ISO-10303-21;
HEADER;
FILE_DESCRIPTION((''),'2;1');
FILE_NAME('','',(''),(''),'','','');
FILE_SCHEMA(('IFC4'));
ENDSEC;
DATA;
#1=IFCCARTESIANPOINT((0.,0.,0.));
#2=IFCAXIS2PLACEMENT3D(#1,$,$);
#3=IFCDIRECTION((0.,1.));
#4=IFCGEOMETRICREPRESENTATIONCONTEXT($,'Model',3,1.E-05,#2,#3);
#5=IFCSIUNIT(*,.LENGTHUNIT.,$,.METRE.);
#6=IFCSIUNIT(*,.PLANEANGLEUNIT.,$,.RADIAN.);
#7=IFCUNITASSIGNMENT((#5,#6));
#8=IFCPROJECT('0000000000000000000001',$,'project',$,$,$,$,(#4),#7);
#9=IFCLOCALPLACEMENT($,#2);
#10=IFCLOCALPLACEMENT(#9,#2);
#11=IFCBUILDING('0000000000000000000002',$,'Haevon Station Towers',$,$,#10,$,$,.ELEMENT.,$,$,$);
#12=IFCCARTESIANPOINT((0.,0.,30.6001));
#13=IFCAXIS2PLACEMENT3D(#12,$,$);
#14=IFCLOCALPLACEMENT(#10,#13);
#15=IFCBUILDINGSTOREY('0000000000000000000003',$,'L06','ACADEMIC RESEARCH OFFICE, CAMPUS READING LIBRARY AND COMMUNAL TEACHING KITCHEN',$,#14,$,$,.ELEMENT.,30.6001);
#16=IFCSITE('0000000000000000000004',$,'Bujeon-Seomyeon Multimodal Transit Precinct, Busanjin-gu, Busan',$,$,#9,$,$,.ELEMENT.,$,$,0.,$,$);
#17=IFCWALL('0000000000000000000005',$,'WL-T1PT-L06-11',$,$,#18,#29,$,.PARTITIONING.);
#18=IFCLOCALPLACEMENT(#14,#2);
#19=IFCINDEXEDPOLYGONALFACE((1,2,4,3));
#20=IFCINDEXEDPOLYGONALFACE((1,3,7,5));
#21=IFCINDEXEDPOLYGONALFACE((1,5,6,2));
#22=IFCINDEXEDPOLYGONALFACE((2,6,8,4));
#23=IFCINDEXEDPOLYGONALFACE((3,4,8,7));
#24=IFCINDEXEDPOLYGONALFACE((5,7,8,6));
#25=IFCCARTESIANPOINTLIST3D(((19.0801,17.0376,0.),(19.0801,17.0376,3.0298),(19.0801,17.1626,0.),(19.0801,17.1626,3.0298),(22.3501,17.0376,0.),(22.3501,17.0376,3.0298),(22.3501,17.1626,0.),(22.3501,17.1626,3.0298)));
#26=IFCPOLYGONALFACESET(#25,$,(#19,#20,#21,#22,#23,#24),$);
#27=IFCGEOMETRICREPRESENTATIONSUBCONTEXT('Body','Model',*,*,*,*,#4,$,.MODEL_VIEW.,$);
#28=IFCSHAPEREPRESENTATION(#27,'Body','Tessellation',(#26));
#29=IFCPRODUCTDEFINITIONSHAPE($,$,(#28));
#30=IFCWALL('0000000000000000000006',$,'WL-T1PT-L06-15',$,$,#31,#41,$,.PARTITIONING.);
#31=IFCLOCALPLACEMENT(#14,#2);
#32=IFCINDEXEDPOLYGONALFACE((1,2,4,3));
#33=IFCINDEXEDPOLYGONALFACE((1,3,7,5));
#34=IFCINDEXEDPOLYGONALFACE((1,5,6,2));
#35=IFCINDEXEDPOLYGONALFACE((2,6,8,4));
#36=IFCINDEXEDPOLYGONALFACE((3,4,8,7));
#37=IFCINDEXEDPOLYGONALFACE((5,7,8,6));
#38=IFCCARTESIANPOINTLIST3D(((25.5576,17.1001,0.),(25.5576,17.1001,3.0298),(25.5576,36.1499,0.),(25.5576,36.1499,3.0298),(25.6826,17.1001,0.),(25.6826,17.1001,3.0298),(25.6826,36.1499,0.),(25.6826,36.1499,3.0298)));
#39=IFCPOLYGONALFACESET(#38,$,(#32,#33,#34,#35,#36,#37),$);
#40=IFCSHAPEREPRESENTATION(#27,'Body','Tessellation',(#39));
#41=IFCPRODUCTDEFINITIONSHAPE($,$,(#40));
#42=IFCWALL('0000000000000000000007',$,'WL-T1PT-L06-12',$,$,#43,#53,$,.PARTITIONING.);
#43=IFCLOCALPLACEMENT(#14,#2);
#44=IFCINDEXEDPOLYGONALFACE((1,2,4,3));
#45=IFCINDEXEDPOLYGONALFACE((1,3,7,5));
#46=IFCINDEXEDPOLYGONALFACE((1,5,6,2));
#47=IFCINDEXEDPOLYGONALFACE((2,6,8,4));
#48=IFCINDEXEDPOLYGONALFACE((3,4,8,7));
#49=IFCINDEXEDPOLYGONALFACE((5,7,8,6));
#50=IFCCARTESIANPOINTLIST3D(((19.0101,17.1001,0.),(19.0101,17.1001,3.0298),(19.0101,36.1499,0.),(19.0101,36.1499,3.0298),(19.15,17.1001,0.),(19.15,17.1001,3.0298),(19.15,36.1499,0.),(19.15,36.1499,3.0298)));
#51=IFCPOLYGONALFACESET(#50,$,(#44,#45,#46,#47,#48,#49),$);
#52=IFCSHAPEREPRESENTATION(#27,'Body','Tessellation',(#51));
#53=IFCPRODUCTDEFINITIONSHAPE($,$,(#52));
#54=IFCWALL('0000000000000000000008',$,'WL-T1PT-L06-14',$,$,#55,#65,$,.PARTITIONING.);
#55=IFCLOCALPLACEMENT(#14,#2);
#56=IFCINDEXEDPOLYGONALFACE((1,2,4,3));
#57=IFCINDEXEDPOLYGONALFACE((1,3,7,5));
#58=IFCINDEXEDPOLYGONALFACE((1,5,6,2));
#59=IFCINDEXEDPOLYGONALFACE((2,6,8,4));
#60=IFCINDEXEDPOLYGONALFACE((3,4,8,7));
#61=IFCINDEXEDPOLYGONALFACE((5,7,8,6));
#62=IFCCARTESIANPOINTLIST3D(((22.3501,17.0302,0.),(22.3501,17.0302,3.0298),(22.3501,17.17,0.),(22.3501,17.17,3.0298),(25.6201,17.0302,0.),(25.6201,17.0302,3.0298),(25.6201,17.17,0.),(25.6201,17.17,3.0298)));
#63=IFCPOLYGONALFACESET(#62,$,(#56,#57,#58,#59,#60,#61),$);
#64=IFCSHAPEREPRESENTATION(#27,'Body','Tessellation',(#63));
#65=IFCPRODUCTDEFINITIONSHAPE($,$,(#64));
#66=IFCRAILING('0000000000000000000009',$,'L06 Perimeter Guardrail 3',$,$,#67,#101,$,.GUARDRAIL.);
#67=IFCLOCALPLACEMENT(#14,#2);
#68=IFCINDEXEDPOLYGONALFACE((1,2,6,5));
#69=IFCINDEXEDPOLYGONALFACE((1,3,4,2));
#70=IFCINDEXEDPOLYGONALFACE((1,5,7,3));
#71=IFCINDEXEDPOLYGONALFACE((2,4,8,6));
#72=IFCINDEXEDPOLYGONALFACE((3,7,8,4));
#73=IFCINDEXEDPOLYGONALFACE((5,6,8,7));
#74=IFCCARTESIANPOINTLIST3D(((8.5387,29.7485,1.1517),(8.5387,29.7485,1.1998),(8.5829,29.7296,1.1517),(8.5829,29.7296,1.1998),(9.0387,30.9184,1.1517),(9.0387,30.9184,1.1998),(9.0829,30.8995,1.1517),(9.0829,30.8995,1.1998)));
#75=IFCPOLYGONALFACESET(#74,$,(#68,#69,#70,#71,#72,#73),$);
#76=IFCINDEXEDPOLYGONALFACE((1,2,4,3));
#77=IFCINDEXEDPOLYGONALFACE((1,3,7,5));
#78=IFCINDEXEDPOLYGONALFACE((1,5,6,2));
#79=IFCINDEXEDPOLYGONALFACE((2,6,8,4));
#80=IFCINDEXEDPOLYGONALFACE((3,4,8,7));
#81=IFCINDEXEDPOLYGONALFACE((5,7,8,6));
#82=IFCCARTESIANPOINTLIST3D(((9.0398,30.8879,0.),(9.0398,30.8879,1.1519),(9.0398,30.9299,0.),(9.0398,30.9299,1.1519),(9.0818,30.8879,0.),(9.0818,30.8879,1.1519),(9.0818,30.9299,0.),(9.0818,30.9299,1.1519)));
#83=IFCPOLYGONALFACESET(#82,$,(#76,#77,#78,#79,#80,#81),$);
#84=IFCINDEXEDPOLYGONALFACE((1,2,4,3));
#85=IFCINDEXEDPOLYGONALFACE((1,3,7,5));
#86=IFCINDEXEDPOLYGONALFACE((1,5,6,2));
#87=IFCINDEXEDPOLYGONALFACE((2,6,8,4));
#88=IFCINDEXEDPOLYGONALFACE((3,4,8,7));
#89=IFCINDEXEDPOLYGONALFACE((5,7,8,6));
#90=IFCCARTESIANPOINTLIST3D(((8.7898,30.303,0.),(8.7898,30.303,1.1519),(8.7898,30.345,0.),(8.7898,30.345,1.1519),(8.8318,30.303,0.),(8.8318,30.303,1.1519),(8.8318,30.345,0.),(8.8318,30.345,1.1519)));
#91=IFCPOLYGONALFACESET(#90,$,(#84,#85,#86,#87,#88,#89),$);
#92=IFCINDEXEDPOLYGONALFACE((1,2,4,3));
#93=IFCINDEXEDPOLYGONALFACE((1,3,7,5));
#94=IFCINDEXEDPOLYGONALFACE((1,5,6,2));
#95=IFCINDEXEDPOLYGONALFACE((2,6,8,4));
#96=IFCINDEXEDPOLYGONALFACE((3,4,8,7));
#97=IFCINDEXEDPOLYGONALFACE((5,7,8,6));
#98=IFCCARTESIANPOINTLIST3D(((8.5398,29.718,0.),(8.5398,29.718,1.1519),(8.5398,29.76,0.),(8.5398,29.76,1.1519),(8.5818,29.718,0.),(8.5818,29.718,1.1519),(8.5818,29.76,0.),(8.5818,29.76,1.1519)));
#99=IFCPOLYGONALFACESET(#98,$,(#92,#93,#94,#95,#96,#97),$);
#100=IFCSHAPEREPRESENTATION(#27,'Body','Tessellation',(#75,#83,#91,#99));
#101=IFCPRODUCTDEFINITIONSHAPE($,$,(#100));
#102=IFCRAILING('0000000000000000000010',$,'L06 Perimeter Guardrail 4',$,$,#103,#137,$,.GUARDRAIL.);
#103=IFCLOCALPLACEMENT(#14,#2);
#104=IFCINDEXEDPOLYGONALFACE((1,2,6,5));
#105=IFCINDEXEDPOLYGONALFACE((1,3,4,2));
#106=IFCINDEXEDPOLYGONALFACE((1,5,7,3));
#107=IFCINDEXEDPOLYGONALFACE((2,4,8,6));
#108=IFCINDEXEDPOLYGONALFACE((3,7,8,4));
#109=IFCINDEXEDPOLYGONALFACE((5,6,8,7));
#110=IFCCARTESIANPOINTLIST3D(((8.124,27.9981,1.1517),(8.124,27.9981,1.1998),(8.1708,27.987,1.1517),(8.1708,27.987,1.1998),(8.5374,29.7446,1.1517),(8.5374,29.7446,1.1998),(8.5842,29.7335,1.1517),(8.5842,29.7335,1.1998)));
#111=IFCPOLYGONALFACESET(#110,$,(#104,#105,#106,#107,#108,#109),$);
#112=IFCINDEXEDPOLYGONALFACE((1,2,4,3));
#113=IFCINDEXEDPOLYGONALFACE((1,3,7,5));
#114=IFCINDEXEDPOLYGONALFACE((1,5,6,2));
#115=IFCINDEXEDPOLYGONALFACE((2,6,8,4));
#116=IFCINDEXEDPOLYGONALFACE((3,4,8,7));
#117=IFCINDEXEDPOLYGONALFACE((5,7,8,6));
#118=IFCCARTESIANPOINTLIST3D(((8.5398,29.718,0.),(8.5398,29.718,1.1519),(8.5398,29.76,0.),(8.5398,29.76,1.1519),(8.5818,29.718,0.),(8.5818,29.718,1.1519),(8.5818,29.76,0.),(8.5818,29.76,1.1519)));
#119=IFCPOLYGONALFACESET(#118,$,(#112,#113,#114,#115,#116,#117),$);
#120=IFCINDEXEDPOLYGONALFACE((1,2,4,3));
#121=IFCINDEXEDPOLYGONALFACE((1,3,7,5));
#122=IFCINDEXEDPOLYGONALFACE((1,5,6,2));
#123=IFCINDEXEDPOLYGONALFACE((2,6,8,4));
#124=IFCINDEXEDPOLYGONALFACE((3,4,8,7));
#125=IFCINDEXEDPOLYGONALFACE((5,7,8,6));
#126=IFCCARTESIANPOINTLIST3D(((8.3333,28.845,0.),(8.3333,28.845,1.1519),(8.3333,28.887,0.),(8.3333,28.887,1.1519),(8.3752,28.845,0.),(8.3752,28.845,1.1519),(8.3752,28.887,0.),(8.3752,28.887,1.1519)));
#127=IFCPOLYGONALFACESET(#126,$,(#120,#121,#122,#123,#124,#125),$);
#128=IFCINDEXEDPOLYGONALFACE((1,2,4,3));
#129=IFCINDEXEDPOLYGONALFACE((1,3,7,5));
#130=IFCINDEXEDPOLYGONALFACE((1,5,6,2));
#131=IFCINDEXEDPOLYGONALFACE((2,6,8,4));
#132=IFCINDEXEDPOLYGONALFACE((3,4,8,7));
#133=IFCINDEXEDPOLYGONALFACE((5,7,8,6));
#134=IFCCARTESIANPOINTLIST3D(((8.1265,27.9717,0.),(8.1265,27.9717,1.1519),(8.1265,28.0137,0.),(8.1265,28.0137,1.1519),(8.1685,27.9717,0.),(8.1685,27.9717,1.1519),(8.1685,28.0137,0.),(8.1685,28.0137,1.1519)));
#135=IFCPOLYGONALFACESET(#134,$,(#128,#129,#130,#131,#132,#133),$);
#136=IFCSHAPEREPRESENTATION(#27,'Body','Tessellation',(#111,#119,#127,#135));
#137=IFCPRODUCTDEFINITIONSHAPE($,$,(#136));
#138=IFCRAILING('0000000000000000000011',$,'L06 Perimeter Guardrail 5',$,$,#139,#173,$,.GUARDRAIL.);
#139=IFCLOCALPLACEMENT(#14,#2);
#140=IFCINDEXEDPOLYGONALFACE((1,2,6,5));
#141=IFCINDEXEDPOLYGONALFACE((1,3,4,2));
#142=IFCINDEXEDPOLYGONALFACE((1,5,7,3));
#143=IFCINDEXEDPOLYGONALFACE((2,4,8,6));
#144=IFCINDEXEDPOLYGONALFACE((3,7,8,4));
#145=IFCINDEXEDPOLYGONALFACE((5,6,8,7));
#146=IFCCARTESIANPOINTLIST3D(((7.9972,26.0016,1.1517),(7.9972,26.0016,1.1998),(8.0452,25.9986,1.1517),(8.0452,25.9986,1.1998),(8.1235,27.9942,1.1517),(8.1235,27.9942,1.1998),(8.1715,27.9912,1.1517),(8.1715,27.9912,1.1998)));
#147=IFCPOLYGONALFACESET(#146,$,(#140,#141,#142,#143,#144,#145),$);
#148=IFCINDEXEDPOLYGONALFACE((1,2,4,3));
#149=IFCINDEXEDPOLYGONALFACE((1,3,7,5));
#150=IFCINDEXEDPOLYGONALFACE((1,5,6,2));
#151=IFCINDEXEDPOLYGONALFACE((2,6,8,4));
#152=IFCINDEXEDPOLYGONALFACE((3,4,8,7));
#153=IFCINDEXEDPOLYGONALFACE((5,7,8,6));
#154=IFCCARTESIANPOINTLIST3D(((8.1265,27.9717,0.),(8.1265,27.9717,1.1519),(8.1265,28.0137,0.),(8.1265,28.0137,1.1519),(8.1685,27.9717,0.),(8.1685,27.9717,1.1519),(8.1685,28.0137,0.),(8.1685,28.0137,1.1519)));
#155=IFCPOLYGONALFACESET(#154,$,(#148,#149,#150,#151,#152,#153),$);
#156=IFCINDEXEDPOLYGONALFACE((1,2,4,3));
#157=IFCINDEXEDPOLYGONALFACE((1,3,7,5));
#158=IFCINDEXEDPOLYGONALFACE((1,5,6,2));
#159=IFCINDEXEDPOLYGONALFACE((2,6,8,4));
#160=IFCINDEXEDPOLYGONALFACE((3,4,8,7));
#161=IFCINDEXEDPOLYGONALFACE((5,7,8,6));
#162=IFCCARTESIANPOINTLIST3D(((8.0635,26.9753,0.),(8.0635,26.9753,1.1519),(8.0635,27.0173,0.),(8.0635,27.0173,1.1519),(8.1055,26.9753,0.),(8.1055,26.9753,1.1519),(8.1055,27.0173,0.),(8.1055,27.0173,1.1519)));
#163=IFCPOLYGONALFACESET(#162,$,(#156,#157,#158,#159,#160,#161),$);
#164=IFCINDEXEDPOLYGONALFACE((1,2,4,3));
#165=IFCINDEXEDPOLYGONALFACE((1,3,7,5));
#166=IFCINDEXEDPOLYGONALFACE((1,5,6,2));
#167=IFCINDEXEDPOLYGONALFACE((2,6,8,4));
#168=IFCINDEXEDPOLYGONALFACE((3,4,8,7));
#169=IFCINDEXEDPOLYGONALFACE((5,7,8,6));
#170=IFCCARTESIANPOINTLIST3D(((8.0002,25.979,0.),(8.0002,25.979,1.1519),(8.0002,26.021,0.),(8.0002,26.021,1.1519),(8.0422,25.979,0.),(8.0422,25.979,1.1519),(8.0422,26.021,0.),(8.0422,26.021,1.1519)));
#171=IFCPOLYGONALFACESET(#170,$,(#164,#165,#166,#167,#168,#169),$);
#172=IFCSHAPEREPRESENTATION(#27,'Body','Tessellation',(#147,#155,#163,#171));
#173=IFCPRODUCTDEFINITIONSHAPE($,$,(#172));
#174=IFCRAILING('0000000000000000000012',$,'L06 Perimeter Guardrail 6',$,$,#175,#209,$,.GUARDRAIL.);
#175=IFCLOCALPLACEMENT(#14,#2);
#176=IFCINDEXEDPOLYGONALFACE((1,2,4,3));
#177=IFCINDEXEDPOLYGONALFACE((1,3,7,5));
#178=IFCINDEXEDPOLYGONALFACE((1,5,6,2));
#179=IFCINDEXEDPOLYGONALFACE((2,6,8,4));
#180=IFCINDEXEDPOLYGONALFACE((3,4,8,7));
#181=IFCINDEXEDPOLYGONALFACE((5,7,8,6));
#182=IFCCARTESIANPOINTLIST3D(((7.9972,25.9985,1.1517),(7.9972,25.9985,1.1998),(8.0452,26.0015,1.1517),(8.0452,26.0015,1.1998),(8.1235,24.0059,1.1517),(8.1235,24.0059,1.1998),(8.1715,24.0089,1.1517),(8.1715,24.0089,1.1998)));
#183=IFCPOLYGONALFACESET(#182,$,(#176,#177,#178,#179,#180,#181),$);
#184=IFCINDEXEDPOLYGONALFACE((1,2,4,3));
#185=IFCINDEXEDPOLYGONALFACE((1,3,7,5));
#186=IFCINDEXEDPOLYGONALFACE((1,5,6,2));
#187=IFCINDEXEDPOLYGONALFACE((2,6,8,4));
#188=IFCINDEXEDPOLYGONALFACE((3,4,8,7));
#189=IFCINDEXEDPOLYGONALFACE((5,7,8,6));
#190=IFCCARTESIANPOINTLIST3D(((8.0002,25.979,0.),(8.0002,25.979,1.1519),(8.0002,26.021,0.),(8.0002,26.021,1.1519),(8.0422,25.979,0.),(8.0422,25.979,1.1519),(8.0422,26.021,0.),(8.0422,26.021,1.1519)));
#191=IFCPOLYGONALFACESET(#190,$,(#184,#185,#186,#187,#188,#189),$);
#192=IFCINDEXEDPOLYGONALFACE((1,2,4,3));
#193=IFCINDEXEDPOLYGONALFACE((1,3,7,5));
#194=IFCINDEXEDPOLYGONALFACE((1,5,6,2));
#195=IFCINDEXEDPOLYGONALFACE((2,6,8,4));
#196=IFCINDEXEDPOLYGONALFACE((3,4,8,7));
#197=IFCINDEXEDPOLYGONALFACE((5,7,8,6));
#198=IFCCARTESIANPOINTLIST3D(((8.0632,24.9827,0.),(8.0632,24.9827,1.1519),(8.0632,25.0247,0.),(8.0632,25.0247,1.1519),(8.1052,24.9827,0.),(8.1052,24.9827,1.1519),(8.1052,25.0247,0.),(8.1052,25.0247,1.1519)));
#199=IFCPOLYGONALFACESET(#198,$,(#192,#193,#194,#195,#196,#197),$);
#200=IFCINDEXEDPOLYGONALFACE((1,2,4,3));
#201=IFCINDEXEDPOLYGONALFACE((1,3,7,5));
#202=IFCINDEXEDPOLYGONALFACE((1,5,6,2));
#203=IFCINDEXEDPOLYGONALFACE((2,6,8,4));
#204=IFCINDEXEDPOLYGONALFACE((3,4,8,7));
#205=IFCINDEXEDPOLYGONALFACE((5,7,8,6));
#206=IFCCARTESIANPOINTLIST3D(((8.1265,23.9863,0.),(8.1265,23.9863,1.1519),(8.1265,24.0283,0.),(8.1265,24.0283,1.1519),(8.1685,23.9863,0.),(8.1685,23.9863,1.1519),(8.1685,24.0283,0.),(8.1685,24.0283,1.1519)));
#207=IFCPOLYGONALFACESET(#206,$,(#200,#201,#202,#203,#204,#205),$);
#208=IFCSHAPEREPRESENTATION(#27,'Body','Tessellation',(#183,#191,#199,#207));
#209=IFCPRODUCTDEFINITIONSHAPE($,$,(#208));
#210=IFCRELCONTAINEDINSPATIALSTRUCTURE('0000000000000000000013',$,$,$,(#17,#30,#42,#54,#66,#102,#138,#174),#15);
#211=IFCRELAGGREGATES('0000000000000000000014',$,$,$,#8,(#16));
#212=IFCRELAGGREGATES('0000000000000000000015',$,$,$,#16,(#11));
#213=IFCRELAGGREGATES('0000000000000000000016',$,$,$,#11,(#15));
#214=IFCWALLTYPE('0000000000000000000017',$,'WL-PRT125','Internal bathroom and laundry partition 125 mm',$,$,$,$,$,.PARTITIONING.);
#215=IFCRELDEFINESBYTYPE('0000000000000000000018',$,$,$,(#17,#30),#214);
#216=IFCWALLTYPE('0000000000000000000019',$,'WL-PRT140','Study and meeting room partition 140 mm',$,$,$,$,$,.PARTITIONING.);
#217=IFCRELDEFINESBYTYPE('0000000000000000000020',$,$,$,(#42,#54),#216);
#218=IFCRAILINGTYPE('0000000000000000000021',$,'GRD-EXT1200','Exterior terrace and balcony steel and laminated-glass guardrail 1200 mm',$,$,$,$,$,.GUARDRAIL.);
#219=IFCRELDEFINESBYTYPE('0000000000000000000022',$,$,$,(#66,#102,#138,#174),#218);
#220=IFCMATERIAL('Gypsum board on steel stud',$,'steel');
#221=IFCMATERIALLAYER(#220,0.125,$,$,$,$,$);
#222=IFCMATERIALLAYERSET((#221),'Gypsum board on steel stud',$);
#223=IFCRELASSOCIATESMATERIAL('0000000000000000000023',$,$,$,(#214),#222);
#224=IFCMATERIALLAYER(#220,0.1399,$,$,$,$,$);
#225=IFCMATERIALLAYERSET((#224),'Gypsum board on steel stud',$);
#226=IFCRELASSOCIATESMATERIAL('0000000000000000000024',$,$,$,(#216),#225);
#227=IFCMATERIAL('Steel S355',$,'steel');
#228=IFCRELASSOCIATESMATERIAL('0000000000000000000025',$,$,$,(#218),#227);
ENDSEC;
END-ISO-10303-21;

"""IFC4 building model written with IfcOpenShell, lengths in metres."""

from ifc_helpers import new_model, si_unit, direction, frame, frame_2d, origin, origin_2d, place, context, subcontext, project, spatial, rectangle, extrude, material, layer, layer_set, type_object, element, save


model = new_model("IFC4")

# Units and contexts
model_context = context("Model", 3, precision=1e-05, world=origin(), true_north=direction((0.0, 1.0)))
body_context = subcontext(model_context, "Body", "Model", "MODEL_VIEW")
ifc_project = project(units=[si_unit("LENGTHUNIT", "METRE"), si_unit("PLANEANGLEUNIT", "RADIAN")], contexts=[model_context])

# Site, building, storey
site_placement = place(None, origin())
site = spatial("IfcSite", under=ifc_project, at=site_placement, Name="Bujeon-Seomyeon Multimodal Transit Precinct, Busanjin-gu, Busan", CompositionType="ELEMENT", RefElevation=0.0)
building_placement = place(site_placement, origin())
building = spatial("IfcBuilding", under=site, at=building_placement, Name="Haevon Station Towers", CompositionType="ELEMENT")
storey_placement = place(building_placement, frame((0.0, 0.0, 30.6001)))
storey = spatial("IfcBuildingStorey", under=building, at=storey_placement, Name="L06", Description="ACADEMIC RESEARCH OFFICE, CAMPUS READING LIBRARY AND COMMUNAL TEACHING KITCHEN", CompositionType="ELEMENT", Elevation=30.6001)

# Shared definitions
ifc_material_1 = material(Name="Steel S355", Category="steel")

# Walls
ifc_material_2 = material(Name="Gypsum board on steel stud", Category="steel")
ifc_layer_1 = layer(ifc_material_2, 0.125)
ifc_layer_set_1 = layer_set([ifc_layer_1], Name="Gypsum board on steel stud")
wall_type_1 = type_object("IfcWallType", Name="WL-PRT125", Description="Internal bathroom and laundry partition 125 mm", PredefinedType="PARTITIONING", material=ifc_layer_set_1)
wall_1_placement = place(storey_placement, frame((19.0801, 17.1001, 0.0), z_axis=(0.0, 0.0, 1.0), x_axis=(1.0, 0.0, 0.0)))
element("IfcWall", 1, at=wall_1_placement, inside=storey, type_object=wall_type_1, Name="WL-T1PT-L06-11", PredefinedType="PARTITIONING", context=body_context, shape_type="SweptSolid", body=[
    extrude(rectangle(XDim=3.27, YDim=0.125, at=frame_2d((1.635, 0.0))), origin(), (0.0, 0.0, 1.0), 3.0298),
])
wall_2_placement = place(storey_placement, frame((25.6201, 17.1001, 0.0), z_axis=(0.0, 0.0, 1.0), x_axis=(0.0, 1.0, 0.0)))
element("IfcWall", 2, at=wall_2_placement, inside=storey, type_object=wall_type_1, Name="WL-T1PT-L06-15", PredefinedType="PARTITIONING", context=body_context, shape_type="SweptSolid", body=[
    extrude(rectangle(XDim=19.0498, YDim=0.125, at=frame_2d((9.5249, 0.0))), origin(), (0.0, 0.0, 1.0), 3.0298),
])
ifc_layer_2 = layer(ifc_material_2, 0.1399)
ifc_layer_set_2 = layer_set([ifc_layer_2], Name="Gypsum board on steel stud")
wall_type_2 = type_object("IfcWallType", Name="WL-PRT140", Description="Study and meeting room partition 140 mm", PredefinedType="PARTITIONING", material=ifc_layer_set_2)
wall_3_placement = place(storey_placement, frame((19.0801, 17.1001, 0.0), z_axis=(0.0, 0.0, 1.0), x_axis=(0.0, 1.0, 0.0)))
element("IfcWall", 3, at=wall_3_placement, inside=storey, type_object=wall_type_2, Name="WL-T1PT-L06-12", PredefinedType="PARTITIONING", context=body_context, shape_type="SweptSolid", body=[
    extrude(rectangle(XDim=19.0498, YDim=0.1399, at=frame_2d((9.5249, 0.0))), origin(), (0.0, 0.0, 1.0), 3.0298),
])
wall_4_placement = place(storey_placement, frame((22.3501, 17.1001, 0.0), z_axis=(0.0, 0.0, 1.0), x_axis=(1.0, 0.0, 0.0)))
element("IfcWall", 4, at=wall_4_placement, inside=storey, type_object=wall_type_2, Name="WL-T1PT-L06-14", PredefinedType="PARTITIONING", context=body_context, shape_type="SweptSolid", body=[
    extrude(rectangle(XDim=3.27, YDim=0.1399, at=frame_2d((1.635, 0.0))), origin(), (0.0, 0.0, 1.0), 3.0298),
])

# Railings
railing_type = type_object("IfcRailingType", Name="GRD-EXT1200", Description="Exterior terrace and balcony steel and laminated-glass guardrail 1200 mm", PredefinedType="GUARDRAIL", material=ifc_material_1)
railing_1_placement = place(storey_placement, frame((9.0608, 30.9089, 0.0)))
element("IfcRailing", 5, at=railing_1_placement, inside=storey, type_object=railing_type, Name="L06 Perimeter Guardrail 3", PredefinedType="GUARDRAIL", context=body_context, shape_type="SweptSolid", body=[
    extrude(rectangle(XDim=0.0481, YDim=0.0481, at=origin_2d()), frame((0.0, 0.0, 1.1758), z_axis=(-0.392993, -0.919542, 0.0), x_axis=(0.919542, -0.392993, 0.0)), (0.0, 0.0, 1.0), 1.2722),
    extrude(rectangle(XDim=0.042, YDim=0.042, at=origin_2d()), origin(), (0.0, 0.0, 1.0), 1.1519),
    extrude(rectangle(XDim=0.042, YDim=0.042, at=origin_2d()), frame((-0.25, -0.585, 0.0)), (0.0, 0.0, 1.0), 1.1519),
    extrude(rectangle(XDim=0.042, YDim=0.042, at=origin_2d()), frame((-0.5, -1.1699, 0.0)), (0.0, 0.0, 1.0), 1.1519),
])
railing_2_placement = place(storey_placement, frame((8.5608, 29.739, 0.0)))
element("IfcRailing", 6, at=railing_2_placement, inside=storey, type_object=railing_type, Name="L06 Perimeter Guardrail 4", PredefinedType="GUARDRAIL", context=body_context, shape_type="SweptSolid", body=[
    extrude(rectangle(XDim=0.0481, YDim=0.0481, at=origin_2d()), frame((0.0, 0.0, 1.1758), z_axis=(-0.230321, -0.973115, 0.0), x_axis=(0.973115, -0.230321, 0.0)), (0.0, 0.0, 1.0), 1.7947),
    extrude(rectangle(XDim=0.042, YDim=0.042, at=origin_2d()), origin(), (0.0, 0.0, 1.0), 1.1519),
    extrude(rectangle(XDim=0.042, YDim=0.042, at=origin_2d()), frame((-0.2065, -0.873, 0.0)), (0.0, 0.0, 1.0), 1.1519),
    extrude(rectangle(XDim=0.042, YDim=0.042, at=origin_2d()), frame((-0.4133, -1.7463, 0.0)), (0.0, 0.0, 1.0), 1.1519),
])
railing_3_placement = place(storey_placement, frame((8.1475, 27.9927, 0.0)))
element("IfcRailing", 7, at=railing_3_placement, inside=storey, type_object=railing_type, Name="L06 Perimeter Guardrail 5", PredefinedType="GUARDRAIL", context=body_context, shape_type="SweptSolid", body=[
    extrude(rectangle(XDim=0.0481, YDim=0.0481, at=origin_2d()), frame((0.0, 0.0, 1.1758), z_axis=(-0.063216, -0.998, 0.0), x_axis=(0.998, -0.063216, 0.0)), (0.0, 0.0, 1.0), 1.9966),
    extrude(rectangle(XDim=0.042, YDim=0.042, at=origin_2d()), origin(), (0.0, 0.0, 1.0), 1.1519),
    extrude(rectangle(XDim=0.042, YDim=0.042, at=origin_2d()), frame((-0.063, -0.9963, 0.0)), (0.0, 0.0, 1.0), 1.1519),
    extrude(rectangle(XDim=0.042, YDim=0.042, at=origin_2d()), frame((-0.1262, -1.9927, 0.0)), (0.0, 0.0, 1.0), 1.1519),
])
railing_4_placement = place(storey_placement, frame((8.0212, 26.0, 0.0)))
element("IfcRailing", 8, at=railing_4_placement, inside=storey, type_object=railing_type, Name="L06 Perimeter Guardrail 6", PredefinedType="GUARDRAIL", context=body_context, shape_type="SweptSolid", body=[
    extrude(rectangle(XDim=0.0481, YDim=0.0481, at=origin_2d()), frame((0.0, 0.0, 1.1758), z_axis=(0.063216, -0.998, 0.0), x_axis=(0.998, 0.063216, 0.0)), (0.0, 0.0, 1.0), 1.9966),
    extrude(rectangle(XDim=0.042, YDim=0.042, at=origin_2d()), origin(), (0.0, 0.0, 1.0), 1.1519),
    extrude(rectangle(XDim=0.042, YDim=0.042, at=origin_2d()), frame((0.063, -0.9963, 0.0)), (0.0, 0.0, 1.0), 1.1519),
    extrude(rectangle(XDim=0.042, YDim=0.042, at=origin_2d()), frame((0.1262, -1.9927, 0.0)), (0.0, 0.0, 1.0), 1.1519),
])

save(model, "model.ifc")
